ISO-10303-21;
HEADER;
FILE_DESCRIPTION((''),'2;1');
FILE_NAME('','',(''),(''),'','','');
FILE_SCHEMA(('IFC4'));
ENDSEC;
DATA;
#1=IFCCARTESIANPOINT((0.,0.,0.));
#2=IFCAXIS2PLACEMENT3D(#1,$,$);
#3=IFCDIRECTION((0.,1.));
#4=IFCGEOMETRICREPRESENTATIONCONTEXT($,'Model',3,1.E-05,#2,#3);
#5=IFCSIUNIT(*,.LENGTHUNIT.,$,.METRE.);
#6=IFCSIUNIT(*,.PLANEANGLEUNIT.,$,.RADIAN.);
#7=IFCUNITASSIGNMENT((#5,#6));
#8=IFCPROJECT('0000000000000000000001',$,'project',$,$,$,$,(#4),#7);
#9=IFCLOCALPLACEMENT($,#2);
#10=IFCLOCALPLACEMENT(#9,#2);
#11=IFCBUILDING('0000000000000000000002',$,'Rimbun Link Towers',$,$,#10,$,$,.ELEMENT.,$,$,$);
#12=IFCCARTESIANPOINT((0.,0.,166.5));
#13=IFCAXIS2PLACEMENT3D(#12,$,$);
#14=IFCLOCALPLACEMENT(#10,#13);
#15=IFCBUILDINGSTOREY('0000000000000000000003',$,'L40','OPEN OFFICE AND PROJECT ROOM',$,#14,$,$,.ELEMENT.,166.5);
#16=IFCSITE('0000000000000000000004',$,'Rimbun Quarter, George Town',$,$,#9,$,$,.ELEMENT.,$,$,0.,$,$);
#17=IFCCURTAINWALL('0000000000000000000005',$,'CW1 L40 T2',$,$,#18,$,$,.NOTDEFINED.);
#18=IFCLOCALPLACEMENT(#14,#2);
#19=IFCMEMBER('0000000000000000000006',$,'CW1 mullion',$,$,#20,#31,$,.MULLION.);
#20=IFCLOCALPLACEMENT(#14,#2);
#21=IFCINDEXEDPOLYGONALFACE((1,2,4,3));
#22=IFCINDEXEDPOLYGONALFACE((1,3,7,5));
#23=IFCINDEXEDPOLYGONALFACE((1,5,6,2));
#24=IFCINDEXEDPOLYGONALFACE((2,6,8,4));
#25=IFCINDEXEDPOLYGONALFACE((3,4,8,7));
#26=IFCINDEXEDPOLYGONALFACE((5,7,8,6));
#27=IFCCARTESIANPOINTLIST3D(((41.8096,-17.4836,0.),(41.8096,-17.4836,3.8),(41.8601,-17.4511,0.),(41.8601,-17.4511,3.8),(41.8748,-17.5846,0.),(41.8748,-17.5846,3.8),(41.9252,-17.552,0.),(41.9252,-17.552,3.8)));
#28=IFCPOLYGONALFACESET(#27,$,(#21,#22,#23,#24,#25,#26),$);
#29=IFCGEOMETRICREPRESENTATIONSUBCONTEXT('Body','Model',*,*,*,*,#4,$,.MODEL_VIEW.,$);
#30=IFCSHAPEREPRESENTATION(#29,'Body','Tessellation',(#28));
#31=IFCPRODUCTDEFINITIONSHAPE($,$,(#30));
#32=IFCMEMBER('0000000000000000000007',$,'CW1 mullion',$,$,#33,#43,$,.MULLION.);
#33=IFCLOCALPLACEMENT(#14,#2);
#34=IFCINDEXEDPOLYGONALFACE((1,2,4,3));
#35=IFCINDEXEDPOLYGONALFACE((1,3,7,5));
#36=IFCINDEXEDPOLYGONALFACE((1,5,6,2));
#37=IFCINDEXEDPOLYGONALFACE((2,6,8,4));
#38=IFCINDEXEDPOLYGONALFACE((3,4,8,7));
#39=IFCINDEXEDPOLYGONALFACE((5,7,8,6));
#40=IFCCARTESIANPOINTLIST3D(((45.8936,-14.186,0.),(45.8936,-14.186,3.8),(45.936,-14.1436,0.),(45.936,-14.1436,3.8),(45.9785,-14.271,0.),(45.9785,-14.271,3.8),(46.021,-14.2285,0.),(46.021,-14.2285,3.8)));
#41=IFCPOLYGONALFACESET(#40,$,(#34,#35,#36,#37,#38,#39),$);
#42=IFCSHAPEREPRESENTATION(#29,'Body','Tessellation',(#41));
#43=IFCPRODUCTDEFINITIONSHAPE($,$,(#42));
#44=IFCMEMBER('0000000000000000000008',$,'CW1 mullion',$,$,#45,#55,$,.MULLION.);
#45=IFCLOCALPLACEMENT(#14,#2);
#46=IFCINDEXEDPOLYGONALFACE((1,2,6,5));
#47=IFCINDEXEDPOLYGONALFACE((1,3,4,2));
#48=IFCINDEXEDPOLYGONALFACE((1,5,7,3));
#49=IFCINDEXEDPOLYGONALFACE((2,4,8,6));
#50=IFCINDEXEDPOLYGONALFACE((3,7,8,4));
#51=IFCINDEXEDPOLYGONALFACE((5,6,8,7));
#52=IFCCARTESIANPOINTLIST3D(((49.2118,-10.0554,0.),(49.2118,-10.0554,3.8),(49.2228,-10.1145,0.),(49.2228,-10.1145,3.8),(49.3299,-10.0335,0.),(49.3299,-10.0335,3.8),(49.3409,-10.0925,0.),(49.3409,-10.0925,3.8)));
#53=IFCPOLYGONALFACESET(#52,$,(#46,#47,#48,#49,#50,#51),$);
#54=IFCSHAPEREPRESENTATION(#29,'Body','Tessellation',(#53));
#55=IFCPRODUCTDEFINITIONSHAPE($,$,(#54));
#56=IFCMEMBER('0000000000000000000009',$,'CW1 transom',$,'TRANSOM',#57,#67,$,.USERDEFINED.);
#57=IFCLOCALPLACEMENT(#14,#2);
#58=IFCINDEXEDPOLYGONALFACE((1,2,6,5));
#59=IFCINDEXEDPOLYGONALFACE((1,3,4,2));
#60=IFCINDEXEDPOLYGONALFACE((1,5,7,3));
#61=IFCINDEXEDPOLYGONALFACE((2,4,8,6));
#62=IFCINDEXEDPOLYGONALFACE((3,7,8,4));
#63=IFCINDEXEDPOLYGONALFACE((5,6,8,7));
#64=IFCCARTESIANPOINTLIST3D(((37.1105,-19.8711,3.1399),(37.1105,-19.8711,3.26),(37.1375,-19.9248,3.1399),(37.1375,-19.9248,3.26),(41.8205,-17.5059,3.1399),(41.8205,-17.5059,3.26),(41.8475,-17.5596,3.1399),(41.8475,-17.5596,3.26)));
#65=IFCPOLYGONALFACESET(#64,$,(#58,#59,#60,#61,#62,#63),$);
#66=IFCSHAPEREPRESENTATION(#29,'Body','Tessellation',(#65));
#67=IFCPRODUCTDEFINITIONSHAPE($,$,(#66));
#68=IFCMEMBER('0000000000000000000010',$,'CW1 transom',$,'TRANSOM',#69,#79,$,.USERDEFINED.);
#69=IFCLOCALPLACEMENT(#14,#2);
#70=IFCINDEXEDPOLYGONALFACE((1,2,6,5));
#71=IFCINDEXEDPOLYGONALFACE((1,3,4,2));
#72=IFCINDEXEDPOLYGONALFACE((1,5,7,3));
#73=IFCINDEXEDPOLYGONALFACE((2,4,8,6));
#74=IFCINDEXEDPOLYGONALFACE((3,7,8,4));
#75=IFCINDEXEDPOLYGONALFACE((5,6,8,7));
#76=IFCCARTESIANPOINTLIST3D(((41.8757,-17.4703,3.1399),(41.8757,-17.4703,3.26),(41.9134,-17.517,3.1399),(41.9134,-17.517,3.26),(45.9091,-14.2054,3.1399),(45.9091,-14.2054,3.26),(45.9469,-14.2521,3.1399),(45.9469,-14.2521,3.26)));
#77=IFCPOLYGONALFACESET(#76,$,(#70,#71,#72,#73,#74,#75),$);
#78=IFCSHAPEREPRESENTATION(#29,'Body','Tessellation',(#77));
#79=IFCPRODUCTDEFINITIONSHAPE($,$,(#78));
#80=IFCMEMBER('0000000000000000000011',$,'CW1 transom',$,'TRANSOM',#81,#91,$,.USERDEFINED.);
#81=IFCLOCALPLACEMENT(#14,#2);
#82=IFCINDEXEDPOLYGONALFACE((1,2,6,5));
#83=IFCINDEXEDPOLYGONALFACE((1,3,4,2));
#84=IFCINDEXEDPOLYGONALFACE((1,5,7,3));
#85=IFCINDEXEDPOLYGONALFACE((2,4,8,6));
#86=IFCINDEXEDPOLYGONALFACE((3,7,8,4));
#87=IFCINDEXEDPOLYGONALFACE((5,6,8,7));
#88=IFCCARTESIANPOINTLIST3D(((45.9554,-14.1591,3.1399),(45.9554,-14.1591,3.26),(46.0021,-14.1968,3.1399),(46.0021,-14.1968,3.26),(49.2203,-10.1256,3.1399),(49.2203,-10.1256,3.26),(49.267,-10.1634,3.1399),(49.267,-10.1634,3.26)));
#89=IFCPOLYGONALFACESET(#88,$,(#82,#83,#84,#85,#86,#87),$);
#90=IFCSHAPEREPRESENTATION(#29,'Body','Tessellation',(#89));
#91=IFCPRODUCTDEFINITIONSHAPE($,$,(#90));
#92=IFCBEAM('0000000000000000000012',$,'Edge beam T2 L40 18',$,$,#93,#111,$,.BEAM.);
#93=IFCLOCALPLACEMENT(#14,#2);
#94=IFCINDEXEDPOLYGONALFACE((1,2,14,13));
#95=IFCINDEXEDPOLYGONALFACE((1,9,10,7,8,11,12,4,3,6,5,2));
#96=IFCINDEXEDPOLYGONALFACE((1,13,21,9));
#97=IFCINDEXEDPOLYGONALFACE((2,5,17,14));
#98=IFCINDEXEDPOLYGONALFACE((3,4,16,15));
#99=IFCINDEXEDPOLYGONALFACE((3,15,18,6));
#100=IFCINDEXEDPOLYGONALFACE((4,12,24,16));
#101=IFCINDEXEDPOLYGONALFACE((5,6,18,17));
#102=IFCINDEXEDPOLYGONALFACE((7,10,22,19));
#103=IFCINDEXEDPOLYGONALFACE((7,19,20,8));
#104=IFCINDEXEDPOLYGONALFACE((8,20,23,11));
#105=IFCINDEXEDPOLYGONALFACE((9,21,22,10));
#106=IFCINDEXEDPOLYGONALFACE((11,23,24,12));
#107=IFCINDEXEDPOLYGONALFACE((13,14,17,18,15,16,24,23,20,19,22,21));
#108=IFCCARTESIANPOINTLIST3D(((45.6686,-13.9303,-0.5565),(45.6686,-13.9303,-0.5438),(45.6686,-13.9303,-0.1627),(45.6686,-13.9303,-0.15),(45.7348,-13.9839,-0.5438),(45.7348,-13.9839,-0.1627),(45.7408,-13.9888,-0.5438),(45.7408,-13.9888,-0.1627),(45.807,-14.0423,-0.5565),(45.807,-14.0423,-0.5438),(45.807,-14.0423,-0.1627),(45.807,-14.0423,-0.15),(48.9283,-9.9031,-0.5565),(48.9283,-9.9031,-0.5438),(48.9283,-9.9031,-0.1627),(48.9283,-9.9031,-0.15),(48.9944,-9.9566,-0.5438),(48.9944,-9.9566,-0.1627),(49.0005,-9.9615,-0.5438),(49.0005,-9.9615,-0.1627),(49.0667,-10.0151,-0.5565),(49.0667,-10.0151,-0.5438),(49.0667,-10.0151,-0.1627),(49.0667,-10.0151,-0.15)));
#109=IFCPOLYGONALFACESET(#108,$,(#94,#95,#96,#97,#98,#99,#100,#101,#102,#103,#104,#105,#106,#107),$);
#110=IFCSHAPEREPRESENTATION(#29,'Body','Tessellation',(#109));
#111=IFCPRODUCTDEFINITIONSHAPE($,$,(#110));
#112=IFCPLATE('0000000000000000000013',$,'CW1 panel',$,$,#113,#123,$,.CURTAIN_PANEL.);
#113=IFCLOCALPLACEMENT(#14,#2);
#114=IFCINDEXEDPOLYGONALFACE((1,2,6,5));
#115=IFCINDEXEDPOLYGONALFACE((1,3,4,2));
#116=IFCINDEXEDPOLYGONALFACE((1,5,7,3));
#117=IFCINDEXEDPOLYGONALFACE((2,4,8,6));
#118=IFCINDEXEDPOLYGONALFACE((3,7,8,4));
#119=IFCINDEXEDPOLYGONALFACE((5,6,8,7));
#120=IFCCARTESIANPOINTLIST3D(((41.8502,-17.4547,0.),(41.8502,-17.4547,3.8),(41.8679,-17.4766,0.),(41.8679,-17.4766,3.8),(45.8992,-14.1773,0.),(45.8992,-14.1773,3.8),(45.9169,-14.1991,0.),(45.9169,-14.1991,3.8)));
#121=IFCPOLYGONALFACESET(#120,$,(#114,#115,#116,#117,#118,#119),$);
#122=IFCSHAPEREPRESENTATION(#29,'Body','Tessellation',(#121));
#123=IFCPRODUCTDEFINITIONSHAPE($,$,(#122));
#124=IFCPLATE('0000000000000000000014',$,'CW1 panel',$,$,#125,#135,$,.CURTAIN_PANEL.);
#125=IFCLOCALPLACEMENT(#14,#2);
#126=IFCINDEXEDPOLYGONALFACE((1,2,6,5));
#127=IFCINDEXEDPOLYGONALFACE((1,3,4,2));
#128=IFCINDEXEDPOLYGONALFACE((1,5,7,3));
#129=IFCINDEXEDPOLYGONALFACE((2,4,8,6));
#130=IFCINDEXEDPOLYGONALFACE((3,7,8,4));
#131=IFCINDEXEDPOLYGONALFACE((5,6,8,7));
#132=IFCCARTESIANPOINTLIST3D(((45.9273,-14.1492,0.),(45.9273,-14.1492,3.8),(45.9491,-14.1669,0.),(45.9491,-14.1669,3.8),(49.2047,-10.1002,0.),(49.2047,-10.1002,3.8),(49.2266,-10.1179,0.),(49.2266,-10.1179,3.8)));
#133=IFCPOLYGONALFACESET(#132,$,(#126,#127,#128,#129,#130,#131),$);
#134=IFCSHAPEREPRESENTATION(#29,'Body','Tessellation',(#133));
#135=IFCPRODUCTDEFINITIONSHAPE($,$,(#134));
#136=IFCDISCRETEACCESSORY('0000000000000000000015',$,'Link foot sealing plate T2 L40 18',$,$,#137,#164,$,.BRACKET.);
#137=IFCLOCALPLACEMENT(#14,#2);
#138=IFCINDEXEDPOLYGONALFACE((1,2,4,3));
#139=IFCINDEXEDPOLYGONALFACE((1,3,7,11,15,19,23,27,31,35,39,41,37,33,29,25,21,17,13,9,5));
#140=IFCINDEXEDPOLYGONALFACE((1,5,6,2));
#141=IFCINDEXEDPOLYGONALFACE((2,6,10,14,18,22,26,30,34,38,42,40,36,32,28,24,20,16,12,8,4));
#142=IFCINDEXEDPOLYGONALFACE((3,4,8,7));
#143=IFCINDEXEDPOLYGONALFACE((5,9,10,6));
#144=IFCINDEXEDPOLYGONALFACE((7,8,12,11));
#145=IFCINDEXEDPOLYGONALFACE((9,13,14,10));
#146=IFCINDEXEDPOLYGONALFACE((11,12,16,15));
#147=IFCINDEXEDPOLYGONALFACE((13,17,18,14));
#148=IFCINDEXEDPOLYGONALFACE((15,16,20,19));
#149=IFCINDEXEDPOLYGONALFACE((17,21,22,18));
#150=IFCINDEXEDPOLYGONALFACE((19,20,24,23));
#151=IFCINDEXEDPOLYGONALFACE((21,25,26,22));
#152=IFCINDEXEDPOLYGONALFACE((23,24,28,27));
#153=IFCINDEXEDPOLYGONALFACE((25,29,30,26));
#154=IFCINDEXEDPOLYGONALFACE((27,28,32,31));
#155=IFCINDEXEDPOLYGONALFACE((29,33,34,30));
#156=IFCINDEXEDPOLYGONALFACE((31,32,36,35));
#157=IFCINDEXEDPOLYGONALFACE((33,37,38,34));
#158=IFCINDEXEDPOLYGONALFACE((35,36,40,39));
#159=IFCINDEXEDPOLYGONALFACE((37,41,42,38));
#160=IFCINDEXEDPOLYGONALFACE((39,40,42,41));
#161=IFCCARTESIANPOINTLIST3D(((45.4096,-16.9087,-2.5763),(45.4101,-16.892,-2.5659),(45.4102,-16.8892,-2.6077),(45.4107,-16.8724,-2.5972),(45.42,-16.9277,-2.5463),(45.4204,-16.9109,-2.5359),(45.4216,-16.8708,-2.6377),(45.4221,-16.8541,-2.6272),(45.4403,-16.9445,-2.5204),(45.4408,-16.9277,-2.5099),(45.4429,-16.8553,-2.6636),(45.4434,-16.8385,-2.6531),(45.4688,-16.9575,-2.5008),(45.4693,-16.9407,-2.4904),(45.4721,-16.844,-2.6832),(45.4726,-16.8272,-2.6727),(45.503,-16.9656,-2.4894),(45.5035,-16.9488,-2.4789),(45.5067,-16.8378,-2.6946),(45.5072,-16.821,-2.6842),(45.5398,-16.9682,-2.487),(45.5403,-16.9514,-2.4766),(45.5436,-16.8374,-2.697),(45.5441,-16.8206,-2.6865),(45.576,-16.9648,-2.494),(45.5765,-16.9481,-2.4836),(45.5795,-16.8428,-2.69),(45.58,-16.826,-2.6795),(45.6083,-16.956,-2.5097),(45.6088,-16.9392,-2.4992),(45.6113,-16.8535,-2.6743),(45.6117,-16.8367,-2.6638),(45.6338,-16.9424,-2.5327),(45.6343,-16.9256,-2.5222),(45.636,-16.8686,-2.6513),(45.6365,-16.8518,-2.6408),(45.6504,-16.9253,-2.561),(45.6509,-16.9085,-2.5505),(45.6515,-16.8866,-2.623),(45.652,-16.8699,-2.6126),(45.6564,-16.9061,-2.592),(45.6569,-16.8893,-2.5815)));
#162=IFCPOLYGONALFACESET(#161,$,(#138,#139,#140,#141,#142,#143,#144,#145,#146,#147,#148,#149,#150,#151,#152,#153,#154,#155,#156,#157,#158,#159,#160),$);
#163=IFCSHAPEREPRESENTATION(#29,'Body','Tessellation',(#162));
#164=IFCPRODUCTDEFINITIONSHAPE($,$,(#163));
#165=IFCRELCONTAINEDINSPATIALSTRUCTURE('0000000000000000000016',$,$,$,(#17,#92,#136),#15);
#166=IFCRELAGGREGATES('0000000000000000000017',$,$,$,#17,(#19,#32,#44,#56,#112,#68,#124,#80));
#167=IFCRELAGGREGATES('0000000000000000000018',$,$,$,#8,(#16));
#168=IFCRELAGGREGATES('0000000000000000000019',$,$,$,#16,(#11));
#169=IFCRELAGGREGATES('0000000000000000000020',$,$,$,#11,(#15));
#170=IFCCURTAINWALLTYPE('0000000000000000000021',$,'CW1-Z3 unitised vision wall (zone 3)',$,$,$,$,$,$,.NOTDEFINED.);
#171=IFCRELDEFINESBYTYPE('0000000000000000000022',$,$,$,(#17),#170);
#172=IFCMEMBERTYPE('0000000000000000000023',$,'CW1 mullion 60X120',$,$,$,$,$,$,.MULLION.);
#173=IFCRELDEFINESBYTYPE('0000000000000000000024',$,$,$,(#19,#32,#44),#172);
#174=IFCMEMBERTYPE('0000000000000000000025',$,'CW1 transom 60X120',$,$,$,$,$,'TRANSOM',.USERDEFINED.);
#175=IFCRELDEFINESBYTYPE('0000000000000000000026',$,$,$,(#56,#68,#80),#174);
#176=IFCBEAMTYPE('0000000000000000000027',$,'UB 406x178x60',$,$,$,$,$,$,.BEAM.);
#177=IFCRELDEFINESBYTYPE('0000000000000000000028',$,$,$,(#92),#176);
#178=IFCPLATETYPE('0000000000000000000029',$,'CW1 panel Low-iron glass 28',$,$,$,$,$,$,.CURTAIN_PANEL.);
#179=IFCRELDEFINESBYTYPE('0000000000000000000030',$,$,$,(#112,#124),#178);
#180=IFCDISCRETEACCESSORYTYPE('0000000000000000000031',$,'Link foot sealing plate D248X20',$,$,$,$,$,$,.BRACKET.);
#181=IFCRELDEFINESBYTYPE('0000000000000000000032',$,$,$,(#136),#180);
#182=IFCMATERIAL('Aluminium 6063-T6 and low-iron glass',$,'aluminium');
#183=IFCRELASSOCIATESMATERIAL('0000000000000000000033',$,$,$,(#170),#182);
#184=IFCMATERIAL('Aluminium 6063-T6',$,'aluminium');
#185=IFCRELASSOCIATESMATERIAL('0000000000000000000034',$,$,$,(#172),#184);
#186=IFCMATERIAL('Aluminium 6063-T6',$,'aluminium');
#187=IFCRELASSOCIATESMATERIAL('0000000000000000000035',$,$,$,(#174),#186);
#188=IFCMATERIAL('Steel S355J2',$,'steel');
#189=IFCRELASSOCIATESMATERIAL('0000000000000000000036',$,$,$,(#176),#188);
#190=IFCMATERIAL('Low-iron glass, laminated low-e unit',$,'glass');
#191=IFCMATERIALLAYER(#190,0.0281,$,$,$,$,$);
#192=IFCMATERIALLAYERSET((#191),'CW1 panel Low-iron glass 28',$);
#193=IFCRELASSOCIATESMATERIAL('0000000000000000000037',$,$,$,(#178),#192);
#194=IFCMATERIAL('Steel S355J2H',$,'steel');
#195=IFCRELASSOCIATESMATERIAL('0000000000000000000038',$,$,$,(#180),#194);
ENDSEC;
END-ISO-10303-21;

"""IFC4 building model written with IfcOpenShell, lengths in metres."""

from ifc_helpers import new_model, si_unit, direction, frame, origin, origin_2d, place, context, subcontext, project, spatial, rectangle, circle, i_section, extrude, material, layer, layer_set, material_profile, profile_set, type_object, element, aggregate, save


model = new_model("IFC4")

# Units and contexts
model_context = context("Model", 3, precision=1e-05, world=origin(), true_north=direction((0.0, 1.0)))
body_context = subcontext(model_context, "Body", "Model", "MODEL_VIEW")
ifc_project = project(units=[si_unit("LENGTHUNIT", "METRE"), si_unit("PLANEANGLEUNIT", "RADIAN")], contexts=[model_context])

# Site, building, storey
site_placement = place(None, origin())
site = spatial("IfcSite", under=ifc_project, at=site_placement, Name="Rimbun Quarter, George Town", CompositionType="ELEMENT", RefElevation=0.0)
building_placement = place(site_placement, origin())
building = spatial("IfcBuilding", under=site, at=building_placement, Name="Rimbun Link Towers", CompositionType="ELEMENT")
storey_placement = place(building_placement, frame((0.0, 0.0, 166.5)))
storey = spatial("IfcBuildingStorey", under=building, at=storey_placement, Name="L40", Description="OPEN OFFICE AND PROJECT ROOM", CompositionType="ELEMENT", Elevation=166.5)

# Curtain wall, members
ifc_material_1 = material(Name="Aluminium 6063-T6 and low-iron glass", Category="aluminium")
curtain_wall_type = type_object("IfcCurtainWallType", Name="CW1-Z3 unitised vision wall (zone 3)", PredefinedType="NOTDEFINED", material=ifc_material_1)
curtain_wall_placement = place(storey_placement, origin())
curtain_wall = element("IfcCurtainWall", 1, at=curtain_wall_placement, inside=storey, type_object=curtain_wall_type, Name="CW1 L40 T2", PredefinedType="NOTDEFINED")
ifc_material_2 = material(Name="Aluminium 6063-T6", Category="aluminium")
ifc_material_profile_1 = material_profile(ifc_material_2, rectangle(XDim=0.1201, YDim=0.0601, at=origin_2d()), Name="MULLION 60X120")
ifc_profile_set_1 = profile_set([ifc_material_profile_1], Name="Aluminium 6063-T6")
member_type_1 = type_object("IfcMemberType", Name="CW1 mullion 60X120", PredefinedType="MULLION", material=ifc_profile_set_1)
member_1_placement = place(storey_placement, frame((41.8674, -17.5178, 0.0), z_axis=(0.0, 0.0, 1.0), x_axis=(0.5421, -0.840314, 0.0)))
member_1 = element("IfcMember", 2, at=member_1_placement, type_object=member_type_1, Name="CW1 mullion", PredefinedType="MULLION", context=body_context, shape_type="SweptSolid", body=[
    extrude(rectangle(XDim=0.1201, YDim=0.0601, at=origin_2d()), origin(), (0.0, 0.0, 1.0), 3.8),
])
member_2_placement = place(storey_placement, frame((45.9573, -14.2073, 0.0), z_axis=(0.0, 0.0, 1.0), x_axis=(0.707107, -0.707107, 0.0)))
member_2 = element("IfcMember", 3, at=member_2_placement, type_object=member_type_1, Name="CW1 mullion", PredefinedType="MULLION", context=body_context, shape_type="SweptSolid", body=[
    extrude(rectangle(XDim=0.1201, YDim=0.0601, at=origin_2d()), origin(), (0.0, 0.0, 1.0), 3.8),
])
member_3_placement = place(storey_placement, frame((49.2764, -10.074, 0.0), z_axis=(0.0, 0.0, 1.0), x_axis=(0.983237, 0.182333, 0.0)))
member_3 = element("IfcMember", 4, at=member_3_placement, type_object=member_type_1, Name="CW1 mullion", PredefinedType="MULLION", context=body_context, shape_type="SweptSolid", body=[
    extrude(rectangle(XDim=0.1201, YDim=0.0601, at=origin_2d()), origin(), (0.0, 0.0, 1.0), 3.8),
])
ifc_material_3 = material(Name="Aluminium 6063-T6", Category="aluminium")
ifc_material_profile_2 = material_profile(ifc_material_3, rectangle(XDim=0.0601, YDim=0.1201, at=origin_2d()), Name="TRANSOM 60X120")
ifc_profile_set_2 = profile_set([ifc_material_profile_2], Name="Aluminium 6063-T6")
member_type_2 = type_object("IfcMemberType", Name="CW1 transom 60X120", ElementType="TRANSOM", PredefinedType="USERDEFINED", material=ifc_profile_set_2)
member_4_placement = place(storey_placement, frame((41.834, -17.5327, 3.2), z_axis=(-0.893648, -0.448769, 0.0), x_axis=(0.448769, -0.893648, 0.0)))
member_4 = element("IfcMember", 5, at=member_4_placement, type_object=member_type_2, Name="CW1 transom", ObjectType="TRANSOM", PredefinedType="USERDEFINED", context=body_context, shape_type="SweptSolid", body=[
    extrude(rectangle(XDim=0.0601, YDim=0.1201, at=origin_2d()), origin(), (0.0, 0.0, 1.0), 5.2705),
])
member_5_placement = place(storey_placement, frame((45.928, -14.2288, 3.2), z_axis=(-0.777271, -0.629166, 0.0), x_axis=(0.629166, -0.777271, 0.0)))
member_5 = element("IfcMember", 6, at=member_5_placement, type_object=member_type_2, Name="CW1 transom", ObjectType="TRANSOM", PredefinedType="USERDEFINED", context=body_context, shape_type="SweptSolid", body=[
    extrude(rectangle(XDim=0.0601, YDim=0.1201, at=origin_2d()), origin(), (0.0, 0.0, 1.0), 5.1892),
])
member_6_placement = place(storey_placement, frame((49.2437, -10.1445, 3.2), z_axis=(-0.629166, -0.777271, 0.0), x_axis=(0.777271, -0.629166, 0.0)))
member_6 = element("IfcMember", 7, at=member_6_placement, type_object=member_type_2, Name="CW1 transom", ObjectType="TRANSOM", PredefinedType="USERDEFINED", context=body_context, shape_type="SweptSolid", body=[
    extrude(rectangle(XDim=0.0601, YDim=0.1201, at=origin_2d()), origin(), (0.0, 0.0, 1.0), 5.1892),
])

# Beam
ifc_material_4 = material(Name="Steel S355J2", Category="steel")
ifc_material_profile_3 = material_profile(ifc_material_4, i_section(OverallWidth=0.178, OverallDepth=0.4065, WebThickness=0.0078, FlangeThickness=0.0127, at=origin_2d()), Name="UB 406x178x60")
ifc_profile_set_3 = profile_set([ifc_material_profile_3], Name="Steel S355J2")
beam_type = type_object("IfcBeamType", Name="UB 406x178x60", PredefinedType="BEAM", material=ifc_profile_set_3)
beam_placement = place(storey_placement, frame((45.7378, -13.9863, -0.3533), z_axis=(0.629144, 0.777289, 0.0), x_axis=(-0.777289, 0.629144, 0.0)))
element("IfcBeam", 8, at=beam_placement, inside=storey, type_object=beam_type, Name="Edge beam T2 L40 18", PredefinedType="BEAM", context=body_context, shape_type="SweptSolid", body=[
    extrude(i_section(OverallWidth=0.178, OverallDepth=0.4065, WebThickness=0.0078, FlangeThickness=0.0127, at=origin_2d()), origin(), (0.0, 0.0, 1.0), 5.1812),
])

# Plates
ifc_material_5 = material(Name="Low-iron glass, laminated low-e unit", Category="glass")
ifc_layer = layer(ifc_material_5, 0.0281)
ifc_layer_set = layer_set([ifc_layer], Name="CW1 panel Low-iron glass 28")
plate_type = type_object("IfcPlateType", Name="CW1 panel Low-iron glass 28", PredefinedType="CURTAIN_PANEL", material=ifc_layer_set)
plate_1_placement = place(storey_placement, frame((43.8835, -15.8269, 0.0), z_axis=(0.0, 0.0, 1.0), x_axis=(-0.777269, -0.629169, 0.0)))
plate_1 = element("IfcPlate", 9, at=plate_1_placement, type_object=plate_type, Name="CW1 panel", PredefinedType="CURTAIN_PANEL", context=body_context, shape_type="SweptSolid", body=[
    extrude(rectangle(XDim=5.2092, YDim=0.0281, at=origin_2d()), origin(), (0.0, 0.0, 1.0), 3.8),
])
plate_2_placement = place(storey_placement, frame((47.5769, -12.1335, 0.0), z_axis=(0.0, 0.0, 1.0), x_axis=(-0.629169, -0.777269, 0.0)))
plate_2 = element("IfcPlate", 10, at=plate_2_placement, type_object=plate_type, Name="CW1 panel", PredefinedType="CURTAIN_PANEL", context=body_context, shape_type="SweptSolid", body=[
    extrude(rectangle(XDim=5.2092, YDim=0.0281, at=origin_2d()), origin(), (0.0, 0.0, 1.0), 3.8),
])
aggregate(curtain_wall, [member_1, member_2, member_3, member_4, plate_1, member_5, plate_2, member_6])

# Discrete accessory
ifc_material_6 = material(Name="Steel S355J2H", Category="steel")
ifc_material_profile_4 = material_profile(ifc_material_6, circle(Radius=0.124, at=origin_2d()), Name="PL D248")
ifc_profile_set_4 = profile_set([ifc_material_profile_4], Name="Steel S355J2H")
discrete_accessory_type = type_object("IfcDiscreteAccessoryType", Name="Link foot sealing plate D248X20", PredefinedType="BRACKET", material=ifc_profile_set_4)
for number, where, z_axis, x_axis, name in (
    (11, (45.533, -16.8857, -2.5815), (-0.024592, -0.848432, -0.528733), (0.99958, -0.028973, 0.0), "Link foot sealing plate T2 L40 18"),
):
    element("IfcDiscreteAccessory", number, at=place(storey_placement, frame(where, z_axis=z_axis, x_axis=x_axis)), inside=storey, type_object=discrete_accessory_type, Name=name, PredefinedType="BRACKET", context=body_context, shape_type="SweptSolid", body=[
        extrude(circle(Radius=0.124, at=origin_2d()), origin(), (0.0, 0.0, 1.0), 0.0198),
    ])

save(model, "model.ifc")
